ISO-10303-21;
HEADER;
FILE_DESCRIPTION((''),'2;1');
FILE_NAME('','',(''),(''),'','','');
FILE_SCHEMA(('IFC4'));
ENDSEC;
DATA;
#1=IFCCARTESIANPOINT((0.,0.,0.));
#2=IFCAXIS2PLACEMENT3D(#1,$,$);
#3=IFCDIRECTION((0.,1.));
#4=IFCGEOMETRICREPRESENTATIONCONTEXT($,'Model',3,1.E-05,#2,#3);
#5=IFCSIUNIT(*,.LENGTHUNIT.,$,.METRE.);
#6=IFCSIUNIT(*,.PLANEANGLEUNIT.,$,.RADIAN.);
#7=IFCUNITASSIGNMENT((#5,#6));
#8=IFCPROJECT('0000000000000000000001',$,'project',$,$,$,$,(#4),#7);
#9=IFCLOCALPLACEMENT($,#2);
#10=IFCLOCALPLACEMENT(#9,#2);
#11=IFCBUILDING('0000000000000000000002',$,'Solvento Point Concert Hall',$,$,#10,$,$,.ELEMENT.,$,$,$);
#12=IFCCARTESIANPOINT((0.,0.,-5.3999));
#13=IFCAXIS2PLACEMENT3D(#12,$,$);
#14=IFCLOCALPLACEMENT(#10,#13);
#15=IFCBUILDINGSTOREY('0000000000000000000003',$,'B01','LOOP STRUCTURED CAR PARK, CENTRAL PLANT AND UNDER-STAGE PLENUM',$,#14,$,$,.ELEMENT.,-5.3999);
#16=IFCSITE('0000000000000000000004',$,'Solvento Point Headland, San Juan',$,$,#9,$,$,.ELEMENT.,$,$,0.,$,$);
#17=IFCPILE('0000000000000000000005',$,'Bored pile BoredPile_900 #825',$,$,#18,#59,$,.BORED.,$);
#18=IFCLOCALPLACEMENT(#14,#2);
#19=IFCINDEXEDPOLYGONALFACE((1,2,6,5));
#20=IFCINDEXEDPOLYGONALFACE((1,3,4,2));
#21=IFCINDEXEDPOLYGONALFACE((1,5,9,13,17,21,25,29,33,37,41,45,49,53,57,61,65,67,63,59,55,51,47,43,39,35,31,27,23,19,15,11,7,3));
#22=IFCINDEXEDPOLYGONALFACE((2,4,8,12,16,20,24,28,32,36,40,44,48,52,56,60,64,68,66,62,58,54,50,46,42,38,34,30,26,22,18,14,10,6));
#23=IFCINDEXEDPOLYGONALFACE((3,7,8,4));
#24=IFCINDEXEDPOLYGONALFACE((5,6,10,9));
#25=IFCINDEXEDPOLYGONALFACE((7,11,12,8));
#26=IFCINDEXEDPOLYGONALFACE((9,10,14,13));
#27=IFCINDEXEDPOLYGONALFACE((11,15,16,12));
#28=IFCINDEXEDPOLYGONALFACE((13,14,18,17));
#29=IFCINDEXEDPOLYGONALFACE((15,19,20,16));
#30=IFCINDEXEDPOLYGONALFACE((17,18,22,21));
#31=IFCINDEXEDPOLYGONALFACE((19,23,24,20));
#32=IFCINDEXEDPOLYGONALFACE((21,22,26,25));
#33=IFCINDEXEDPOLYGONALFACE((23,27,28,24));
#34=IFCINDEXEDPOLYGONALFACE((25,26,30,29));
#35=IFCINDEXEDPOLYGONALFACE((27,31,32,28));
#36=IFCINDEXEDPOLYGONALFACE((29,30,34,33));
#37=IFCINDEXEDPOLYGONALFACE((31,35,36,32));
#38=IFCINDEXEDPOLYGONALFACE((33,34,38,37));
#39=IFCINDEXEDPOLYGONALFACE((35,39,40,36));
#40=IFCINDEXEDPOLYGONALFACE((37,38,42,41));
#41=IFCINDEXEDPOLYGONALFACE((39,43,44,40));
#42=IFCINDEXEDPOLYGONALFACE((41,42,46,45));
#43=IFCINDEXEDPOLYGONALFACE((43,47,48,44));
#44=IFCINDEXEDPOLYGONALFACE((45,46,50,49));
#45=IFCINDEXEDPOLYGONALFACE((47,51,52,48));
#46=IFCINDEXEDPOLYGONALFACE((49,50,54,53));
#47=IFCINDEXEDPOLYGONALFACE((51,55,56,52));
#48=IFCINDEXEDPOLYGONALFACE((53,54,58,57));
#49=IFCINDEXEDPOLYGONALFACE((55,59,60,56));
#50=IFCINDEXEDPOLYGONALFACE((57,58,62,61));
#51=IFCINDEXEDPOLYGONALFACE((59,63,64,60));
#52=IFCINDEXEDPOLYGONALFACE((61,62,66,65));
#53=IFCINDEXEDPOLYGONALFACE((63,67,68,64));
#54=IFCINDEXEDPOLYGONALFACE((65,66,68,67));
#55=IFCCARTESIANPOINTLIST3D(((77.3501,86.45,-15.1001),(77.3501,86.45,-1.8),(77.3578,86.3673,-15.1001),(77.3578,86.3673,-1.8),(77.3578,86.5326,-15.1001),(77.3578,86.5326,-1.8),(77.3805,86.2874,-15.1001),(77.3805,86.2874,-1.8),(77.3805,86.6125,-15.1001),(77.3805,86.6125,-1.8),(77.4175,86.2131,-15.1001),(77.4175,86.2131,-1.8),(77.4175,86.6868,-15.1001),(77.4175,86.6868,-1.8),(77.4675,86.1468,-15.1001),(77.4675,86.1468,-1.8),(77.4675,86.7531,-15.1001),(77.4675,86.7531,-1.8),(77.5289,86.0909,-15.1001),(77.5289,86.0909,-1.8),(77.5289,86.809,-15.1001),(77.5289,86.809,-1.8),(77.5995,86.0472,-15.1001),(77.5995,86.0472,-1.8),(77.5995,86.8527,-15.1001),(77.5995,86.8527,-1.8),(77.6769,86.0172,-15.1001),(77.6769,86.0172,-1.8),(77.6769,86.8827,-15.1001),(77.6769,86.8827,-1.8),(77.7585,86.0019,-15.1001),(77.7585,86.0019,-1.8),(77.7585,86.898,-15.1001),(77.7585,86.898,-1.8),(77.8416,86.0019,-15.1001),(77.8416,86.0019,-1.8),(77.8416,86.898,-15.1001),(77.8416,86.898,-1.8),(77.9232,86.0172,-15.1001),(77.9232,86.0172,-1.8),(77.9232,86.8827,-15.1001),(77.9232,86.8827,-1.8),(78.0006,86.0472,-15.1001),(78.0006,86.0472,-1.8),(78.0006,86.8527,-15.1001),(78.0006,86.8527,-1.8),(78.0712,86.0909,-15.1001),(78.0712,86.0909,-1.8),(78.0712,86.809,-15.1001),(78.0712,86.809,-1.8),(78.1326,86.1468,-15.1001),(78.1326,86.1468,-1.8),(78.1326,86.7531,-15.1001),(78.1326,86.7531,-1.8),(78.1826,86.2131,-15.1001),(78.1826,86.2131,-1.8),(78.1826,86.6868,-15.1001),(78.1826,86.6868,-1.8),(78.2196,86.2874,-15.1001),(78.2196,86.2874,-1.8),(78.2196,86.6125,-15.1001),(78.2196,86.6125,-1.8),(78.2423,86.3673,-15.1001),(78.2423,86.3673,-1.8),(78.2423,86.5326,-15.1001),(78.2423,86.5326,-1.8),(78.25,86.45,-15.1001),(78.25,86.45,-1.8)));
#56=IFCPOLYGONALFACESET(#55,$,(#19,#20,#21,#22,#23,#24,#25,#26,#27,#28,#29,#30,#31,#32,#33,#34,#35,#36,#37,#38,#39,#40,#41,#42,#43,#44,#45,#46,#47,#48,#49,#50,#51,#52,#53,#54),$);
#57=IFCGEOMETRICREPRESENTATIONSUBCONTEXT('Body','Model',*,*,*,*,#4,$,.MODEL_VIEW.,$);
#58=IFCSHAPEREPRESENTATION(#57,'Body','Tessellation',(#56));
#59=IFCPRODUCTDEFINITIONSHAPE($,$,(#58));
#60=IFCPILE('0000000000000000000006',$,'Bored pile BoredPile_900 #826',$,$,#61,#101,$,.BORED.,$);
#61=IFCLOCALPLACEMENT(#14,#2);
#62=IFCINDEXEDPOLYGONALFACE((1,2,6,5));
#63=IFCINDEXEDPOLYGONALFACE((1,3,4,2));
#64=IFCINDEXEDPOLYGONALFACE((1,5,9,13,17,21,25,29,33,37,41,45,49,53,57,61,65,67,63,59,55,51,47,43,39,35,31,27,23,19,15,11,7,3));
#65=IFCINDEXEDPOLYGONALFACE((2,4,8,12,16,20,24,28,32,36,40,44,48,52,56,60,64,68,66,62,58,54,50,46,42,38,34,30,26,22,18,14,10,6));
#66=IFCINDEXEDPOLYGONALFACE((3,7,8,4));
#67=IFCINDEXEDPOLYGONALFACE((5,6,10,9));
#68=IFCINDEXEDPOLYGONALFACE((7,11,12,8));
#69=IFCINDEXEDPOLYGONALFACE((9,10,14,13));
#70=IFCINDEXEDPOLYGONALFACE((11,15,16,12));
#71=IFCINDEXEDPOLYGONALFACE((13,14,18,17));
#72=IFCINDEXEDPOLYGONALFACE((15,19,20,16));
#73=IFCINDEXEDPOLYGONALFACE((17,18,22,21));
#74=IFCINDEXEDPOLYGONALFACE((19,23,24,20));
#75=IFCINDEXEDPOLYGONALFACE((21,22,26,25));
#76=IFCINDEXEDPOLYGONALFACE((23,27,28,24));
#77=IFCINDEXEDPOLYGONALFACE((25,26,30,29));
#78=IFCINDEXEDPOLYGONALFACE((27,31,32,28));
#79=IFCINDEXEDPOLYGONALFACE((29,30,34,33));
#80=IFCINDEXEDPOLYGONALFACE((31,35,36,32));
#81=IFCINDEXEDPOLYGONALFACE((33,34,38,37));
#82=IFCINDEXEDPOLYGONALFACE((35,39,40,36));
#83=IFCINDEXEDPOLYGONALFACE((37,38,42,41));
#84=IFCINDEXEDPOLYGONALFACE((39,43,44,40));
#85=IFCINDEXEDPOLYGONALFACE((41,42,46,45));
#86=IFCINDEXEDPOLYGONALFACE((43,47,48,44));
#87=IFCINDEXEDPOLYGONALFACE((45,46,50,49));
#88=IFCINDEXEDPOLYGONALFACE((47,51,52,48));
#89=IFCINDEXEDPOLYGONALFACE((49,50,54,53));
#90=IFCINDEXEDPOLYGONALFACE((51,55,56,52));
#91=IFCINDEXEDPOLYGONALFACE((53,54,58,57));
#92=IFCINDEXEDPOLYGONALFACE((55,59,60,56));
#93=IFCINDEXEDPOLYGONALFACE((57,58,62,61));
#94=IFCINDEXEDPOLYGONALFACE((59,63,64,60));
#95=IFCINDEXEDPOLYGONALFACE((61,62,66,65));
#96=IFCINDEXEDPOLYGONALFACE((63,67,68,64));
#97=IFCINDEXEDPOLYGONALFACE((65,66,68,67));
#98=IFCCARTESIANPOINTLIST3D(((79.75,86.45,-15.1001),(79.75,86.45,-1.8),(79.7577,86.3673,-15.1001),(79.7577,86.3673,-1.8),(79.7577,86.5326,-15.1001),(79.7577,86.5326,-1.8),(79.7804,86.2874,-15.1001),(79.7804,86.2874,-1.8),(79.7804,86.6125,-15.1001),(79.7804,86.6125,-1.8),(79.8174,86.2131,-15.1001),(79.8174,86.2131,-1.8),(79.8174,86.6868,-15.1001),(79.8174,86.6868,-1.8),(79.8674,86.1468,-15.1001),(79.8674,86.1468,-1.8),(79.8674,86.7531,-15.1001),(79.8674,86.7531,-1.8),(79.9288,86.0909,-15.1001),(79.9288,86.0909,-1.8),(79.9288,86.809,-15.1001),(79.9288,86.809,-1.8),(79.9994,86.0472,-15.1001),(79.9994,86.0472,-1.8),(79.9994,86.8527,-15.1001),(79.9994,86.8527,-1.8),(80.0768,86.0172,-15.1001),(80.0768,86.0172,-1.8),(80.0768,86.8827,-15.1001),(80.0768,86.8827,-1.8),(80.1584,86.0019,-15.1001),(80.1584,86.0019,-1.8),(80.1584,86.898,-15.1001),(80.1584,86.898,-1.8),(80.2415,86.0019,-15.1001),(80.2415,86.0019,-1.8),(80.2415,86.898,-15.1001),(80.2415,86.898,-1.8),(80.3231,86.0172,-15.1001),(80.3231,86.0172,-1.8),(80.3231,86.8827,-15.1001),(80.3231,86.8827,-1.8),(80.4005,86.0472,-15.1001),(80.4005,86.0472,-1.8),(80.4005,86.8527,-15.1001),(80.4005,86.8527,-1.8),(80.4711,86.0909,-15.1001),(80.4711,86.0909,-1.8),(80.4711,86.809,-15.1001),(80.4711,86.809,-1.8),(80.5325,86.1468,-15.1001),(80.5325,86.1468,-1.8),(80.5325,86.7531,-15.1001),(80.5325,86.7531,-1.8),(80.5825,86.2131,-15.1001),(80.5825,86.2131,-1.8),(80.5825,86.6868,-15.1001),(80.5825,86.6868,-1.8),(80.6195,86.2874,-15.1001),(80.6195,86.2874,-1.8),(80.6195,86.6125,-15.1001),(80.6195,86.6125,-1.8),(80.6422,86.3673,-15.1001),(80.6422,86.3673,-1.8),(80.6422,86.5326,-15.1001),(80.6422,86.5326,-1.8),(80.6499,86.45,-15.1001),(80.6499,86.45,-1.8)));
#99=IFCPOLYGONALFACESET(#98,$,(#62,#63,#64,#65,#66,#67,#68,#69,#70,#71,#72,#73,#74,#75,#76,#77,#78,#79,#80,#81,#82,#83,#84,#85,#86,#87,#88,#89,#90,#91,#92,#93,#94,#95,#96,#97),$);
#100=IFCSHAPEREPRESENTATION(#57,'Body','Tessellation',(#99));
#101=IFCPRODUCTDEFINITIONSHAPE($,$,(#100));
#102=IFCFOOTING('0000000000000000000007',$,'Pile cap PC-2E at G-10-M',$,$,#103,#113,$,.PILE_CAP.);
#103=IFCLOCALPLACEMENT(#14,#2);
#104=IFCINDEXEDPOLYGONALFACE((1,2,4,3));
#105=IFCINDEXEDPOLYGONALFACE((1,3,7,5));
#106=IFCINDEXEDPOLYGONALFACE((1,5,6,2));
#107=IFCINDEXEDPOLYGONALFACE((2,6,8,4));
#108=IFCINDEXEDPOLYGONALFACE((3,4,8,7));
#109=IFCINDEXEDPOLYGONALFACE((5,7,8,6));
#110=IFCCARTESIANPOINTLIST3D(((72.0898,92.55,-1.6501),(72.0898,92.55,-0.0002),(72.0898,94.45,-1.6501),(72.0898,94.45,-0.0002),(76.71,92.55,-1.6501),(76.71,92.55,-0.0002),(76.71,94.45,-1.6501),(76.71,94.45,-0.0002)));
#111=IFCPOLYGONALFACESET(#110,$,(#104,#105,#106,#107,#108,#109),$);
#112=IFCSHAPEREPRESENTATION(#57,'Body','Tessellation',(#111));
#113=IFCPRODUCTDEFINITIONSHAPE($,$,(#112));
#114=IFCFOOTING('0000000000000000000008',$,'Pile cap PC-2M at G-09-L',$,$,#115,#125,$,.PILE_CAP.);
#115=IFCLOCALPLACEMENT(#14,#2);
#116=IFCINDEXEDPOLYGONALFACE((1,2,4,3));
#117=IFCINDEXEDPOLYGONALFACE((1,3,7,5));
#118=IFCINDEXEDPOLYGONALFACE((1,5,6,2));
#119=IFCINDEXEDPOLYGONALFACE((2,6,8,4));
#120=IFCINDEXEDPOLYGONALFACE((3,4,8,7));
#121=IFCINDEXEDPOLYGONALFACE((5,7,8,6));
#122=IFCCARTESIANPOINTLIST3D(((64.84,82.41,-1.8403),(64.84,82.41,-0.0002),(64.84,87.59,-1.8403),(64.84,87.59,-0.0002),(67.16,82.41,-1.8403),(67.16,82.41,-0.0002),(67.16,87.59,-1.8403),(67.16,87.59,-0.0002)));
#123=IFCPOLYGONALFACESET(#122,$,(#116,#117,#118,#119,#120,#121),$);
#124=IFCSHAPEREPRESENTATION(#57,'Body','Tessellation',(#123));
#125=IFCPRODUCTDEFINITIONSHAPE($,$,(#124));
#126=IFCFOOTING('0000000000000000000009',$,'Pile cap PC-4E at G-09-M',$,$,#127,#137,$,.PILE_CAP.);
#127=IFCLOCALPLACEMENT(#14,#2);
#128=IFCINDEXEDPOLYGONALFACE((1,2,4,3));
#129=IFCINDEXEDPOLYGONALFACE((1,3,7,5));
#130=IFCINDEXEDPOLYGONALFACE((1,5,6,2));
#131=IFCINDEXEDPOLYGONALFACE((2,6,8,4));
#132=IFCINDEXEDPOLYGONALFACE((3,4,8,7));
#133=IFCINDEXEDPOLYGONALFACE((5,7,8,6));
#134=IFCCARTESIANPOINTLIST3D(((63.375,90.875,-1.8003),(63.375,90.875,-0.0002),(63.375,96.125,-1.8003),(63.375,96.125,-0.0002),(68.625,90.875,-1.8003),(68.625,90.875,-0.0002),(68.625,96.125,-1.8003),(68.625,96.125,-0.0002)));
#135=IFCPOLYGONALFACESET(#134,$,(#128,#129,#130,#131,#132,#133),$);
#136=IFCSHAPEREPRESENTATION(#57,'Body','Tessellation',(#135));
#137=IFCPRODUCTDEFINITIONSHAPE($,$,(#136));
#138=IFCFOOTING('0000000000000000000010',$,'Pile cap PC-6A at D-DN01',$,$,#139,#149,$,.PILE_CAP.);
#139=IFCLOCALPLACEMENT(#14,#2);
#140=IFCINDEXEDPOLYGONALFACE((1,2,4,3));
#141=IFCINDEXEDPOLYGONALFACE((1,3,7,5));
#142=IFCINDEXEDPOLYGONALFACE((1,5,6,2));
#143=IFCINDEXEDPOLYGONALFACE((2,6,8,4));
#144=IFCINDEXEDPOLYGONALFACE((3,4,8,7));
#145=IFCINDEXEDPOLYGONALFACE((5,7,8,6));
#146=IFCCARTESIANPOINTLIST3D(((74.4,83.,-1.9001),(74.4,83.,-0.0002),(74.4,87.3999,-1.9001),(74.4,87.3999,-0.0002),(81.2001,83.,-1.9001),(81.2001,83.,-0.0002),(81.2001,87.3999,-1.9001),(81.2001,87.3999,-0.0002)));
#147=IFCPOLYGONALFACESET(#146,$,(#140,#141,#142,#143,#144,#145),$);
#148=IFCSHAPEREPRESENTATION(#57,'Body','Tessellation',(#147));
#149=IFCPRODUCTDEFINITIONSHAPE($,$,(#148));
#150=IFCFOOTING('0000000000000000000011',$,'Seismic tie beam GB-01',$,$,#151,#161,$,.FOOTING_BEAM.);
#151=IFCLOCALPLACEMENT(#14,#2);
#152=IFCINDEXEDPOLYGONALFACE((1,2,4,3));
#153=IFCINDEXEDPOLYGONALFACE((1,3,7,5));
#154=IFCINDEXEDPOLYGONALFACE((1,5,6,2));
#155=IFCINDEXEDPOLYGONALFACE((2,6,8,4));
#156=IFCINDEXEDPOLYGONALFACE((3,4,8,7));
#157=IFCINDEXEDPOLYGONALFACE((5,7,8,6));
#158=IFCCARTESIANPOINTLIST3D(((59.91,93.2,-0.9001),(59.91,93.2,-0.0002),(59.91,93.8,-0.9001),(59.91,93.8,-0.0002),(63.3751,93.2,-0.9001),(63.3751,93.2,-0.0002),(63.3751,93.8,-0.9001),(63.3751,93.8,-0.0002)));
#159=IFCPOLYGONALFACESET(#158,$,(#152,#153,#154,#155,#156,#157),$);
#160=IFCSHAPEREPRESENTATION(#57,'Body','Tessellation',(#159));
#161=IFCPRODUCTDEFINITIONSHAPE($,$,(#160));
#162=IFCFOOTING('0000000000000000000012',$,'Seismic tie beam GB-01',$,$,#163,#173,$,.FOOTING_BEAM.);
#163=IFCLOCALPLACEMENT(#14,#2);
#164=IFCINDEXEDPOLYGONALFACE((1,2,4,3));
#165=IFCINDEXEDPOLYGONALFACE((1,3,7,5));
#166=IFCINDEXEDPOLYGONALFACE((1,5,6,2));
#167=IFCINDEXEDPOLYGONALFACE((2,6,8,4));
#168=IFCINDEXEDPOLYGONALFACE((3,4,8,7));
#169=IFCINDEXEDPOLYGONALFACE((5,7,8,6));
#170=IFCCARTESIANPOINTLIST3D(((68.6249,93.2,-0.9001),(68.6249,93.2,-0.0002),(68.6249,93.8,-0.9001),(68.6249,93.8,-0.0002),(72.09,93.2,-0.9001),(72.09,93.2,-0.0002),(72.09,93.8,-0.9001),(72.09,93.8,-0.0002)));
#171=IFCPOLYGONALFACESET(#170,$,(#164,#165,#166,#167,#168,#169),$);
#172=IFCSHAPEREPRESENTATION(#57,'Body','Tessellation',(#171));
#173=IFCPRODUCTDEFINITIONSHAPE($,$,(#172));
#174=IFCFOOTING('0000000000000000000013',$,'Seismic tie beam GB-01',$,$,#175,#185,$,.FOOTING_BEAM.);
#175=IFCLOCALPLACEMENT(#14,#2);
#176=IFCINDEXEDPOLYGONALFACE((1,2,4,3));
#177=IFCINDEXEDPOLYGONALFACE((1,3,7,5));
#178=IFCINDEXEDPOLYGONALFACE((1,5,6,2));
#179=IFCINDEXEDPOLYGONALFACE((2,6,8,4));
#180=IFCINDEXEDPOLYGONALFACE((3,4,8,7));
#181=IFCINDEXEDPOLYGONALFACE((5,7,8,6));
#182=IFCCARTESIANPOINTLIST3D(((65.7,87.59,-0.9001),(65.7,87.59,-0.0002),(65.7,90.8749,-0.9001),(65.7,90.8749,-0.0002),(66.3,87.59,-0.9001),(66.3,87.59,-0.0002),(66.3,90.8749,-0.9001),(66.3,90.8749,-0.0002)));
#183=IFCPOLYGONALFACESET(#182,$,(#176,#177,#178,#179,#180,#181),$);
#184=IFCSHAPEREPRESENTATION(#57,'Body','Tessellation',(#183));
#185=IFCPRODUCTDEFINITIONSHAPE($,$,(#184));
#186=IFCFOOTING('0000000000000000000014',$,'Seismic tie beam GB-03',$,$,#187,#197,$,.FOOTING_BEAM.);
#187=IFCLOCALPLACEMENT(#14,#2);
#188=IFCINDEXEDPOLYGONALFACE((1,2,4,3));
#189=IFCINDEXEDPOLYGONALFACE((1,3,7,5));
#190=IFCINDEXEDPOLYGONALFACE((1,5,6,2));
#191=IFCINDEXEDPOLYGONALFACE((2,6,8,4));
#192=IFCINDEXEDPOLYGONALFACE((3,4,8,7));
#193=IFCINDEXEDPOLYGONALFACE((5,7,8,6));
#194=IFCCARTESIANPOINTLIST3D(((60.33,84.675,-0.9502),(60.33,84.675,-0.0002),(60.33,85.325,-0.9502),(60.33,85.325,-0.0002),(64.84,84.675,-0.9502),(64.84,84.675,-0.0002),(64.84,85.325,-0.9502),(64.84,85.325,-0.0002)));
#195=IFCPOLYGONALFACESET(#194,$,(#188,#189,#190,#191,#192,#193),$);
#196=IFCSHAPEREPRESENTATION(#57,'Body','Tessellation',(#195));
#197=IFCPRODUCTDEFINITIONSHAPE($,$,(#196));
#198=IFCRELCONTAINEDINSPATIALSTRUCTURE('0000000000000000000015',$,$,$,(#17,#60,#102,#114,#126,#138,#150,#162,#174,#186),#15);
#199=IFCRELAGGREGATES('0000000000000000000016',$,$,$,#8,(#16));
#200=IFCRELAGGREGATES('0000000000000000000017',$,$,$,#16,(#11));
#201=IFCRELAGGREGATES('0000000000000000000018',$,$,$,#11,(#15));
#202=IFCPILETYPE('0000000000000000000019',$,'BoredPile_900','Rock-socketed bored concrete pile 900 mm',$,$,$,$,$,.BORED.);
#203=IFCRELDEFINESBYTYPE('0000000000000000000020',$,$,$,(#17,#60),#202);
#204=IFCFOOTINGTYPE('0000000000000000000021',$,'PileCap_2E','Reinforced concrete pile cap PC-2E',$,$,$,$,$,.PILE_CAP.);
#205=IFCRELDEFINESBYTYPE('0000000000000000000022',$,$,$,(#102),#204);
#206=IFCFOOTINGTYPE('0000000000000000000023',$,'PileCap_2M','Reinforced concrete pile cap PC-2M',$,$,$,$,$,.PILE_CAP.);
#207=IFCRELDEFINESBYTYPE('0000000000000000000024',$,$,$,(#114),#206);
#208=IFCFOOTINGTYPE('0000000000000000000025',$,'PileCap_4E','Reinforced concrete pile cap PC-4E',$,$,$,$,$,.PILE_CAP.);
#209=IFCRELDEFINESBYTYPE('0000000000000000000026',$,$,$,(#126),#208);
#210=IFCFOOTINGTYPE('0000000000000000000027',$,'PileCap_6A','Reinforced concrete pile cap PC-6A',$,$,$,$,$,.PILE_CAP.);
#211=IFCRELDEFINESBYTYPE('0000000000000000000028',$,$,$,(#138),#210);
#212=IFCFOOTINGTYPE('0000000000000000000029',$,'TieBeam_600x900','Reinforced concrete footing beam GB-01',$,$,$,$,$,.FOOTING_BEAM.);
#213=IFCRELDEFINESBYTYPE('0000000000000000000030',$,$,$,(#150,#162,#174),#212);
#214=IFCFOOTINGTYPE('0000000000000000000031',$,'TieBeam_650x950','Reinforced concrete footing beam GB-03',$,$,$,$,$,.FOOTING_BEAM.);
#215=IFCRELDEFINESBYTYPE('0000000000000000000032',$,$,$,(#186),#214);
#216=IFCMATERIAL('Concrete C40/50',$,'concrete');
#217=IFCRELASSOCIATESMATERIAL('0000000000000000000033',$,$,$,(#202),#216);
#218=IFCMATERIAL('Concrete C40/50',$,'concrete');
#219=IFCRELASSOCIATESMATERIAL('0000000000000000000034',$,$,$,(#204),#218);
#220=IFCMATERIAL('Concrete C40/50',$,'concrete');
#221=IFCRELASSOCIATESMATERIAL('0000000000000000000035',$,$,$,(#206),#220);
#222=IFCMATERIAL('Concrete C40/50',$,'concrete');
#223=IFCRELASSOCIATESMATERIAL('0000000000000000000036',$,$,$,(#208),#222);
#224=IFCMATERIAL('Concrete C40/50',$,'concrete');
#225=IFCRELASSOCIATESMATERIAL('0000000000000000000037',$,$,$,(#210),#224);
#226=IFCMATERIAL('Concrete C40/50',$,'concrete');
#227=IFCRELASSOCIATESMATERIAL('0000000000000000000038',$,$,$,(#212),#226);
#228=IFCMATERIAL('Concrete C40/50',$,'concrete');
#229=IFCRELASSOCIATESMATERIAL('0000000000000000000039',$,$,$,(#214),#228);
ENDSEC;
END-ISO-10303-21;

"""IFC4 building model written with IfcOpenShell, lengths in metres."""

from ifc_helpers import new_model, si_unit, direction, frame, origin, origin_2d, place, context, subcontext, project, spatial, rectangle, circle, extrude, material, material_profile, profile_set, type_object, element, save


model = new_model("IFC4")

# Units and contexts
model_context = context("Model", 3, precision=1e-05, world=origin(), true_north=direction((0.0, 1.0)))
body_context = subcontext(model_context, "Body", "Model", "MODEL_VIEW")
ifc_project = project(units=[si_unit("LENGTHUNIT", "METRE"), si_unit("PLANEANGLEUNIT", "RADIAN")], contexts=[model_context])

# Site, building, storey
site_placement = place(None, origin())
site = spatial("IfcSite", under=ifc_project, at=site_placement, Name="Solvento Point Headland, San Juan", CompositionType="ELEMENT", RefElevation=0.0)
building_placement = place(site_placement, origin())
building = spatial("IfcBuilding", under=site, at=building_placement, Name="Solvento Point Concert Hall", CompositionType="ELEMENT")
storey_placement = place(building_placement, frame((0.0, 0.0, -5.3999)))
storey = spatial("IfcBuildingStorey", under=building, at=storey_placement, Name="B01", Description="LOOP STRUCTURED CAR PARK, CENTRAL PLANT AND UNDER-STAGE PLENUM", CompositionType="ELEMENT", Elevation=-5.3999)

# Piles
ifc_material_1 = material(Name="Concrete C40/50", Category="concrete")
ifc_material_profile_1 = material_profile(ifc_material_1, circle(Radius=0.45, at=origin_2d()), Name="BP-900")
ifc_profile_set_1 = profile_set([ifc_material_profile_1], Name="Concrete C40/50")
pile_type_1 = type_object("IfcPileType", Name="BoredPile_900", Description="Rock-socketed bored concrete pile 900 mm", PredefinedType="BORED", material=ifc_profile_set_1)
for number, where, z_axis, x_axis, name in (
    (1, (77.8, 86.45, -1.8), (0.0, 0.0, -1.0), (1.0, 0.0, 0.0), "Bored pile BoredPile_900 #825"),
    (2, (80.2, 86.45, -1.8), (0.0, 0.0, -1.0), (1.0, 0.0, 0.0), "Bored pile BoredPile_900 #826"),
):
    element("IfcPile", number, at=place(storey_placement, frame(where, z_axis=z_axis, x_axis=x_axis)), inside=storey, type_object=pile_type_1, Name=name, PredefinedType="BORED", context=body_context, shape_type="SweptSolid", body=[
        extrude(circle(Radius=0.45, at=origin_2d()), origin(), (0.0, 0.0, 1.0), 13.3),
    ])

# Footings
ifc_material_2 = material(Name="Concrete C40/50", Category="concrete")
footing_type_1 = type_object("IfcFootingType", Name="PileCap_2E", Description="Reinforced concrete pile cap PC-2E", PredefinedType="PILE_CAP", material=ifc_material_2)
footing_1_placement = place(storey_placement, frame((74.3999, 93.5, -1.6501), z_axis=(0.0, 0.0, 1.0), x_axis=(1.0, 0.0, 0.0)))
element("IfcFooting", 3, at=footing_1_placement, inside=storey, type_object=footing_type_1, Name="Pile cap PC-2E at G-10-M", PredefinedType="PILE_CAP", context=body_context, shape_type="SweptSolid", body=[
    extrude(rectangle(XDim=4.6201, YDim=1.8999, at=origin_2d()), origin(), (0.0, 0.0, 1.0), 1.6499),
])
ifc_material_3 = material(Name="Concrete C40/50", Category="concrete")
footing_type_2 = type_object("IfcFootingType", Name="PileCap_2M", Description="Reinforced concrete pile cap PC-2M", PredefinedType="PILE_CAP", material=ifc_material_3)
footing_2_placement = place(storey_placement, frame((66.0, 85.0, -1.8403), z_axis=(0.0, 0.0, 1.0), x_axis=(1.0, 0.0, 0.0)))
element("IfcFooting", 4, at=footing_2_placement, inside=storey, type_object=footing_type_2, Name="Pile cap PC-2M at G-09-L", PredefinedType="PILE_CAP", context=body_context, shape_type="SweptSolid", body=[
    extrude(rectangle(XDim=2.3201, YDim=5.1799, at=origin_2d()), origin(), (0.0, 0.0, 1.0), 1.8401),
])
ifc_material_4 = material(Name="Concrete C40/50", Category="concrete")
footing_type_3 = type_object("IfcFootingType", Name="PileCap_4E", Description="Reinforced concrete pile cap PC-4E", PredefinedType="PILE_CAP", material=ifc_material_4)
footing_3_placement = place(storey_placement, frame((66.0, 93.5, -1.8003), z_axis=(0.0, 0.0, 1.0), x_axis=(1.0, 0.0, 0.0)))
element("IfcFooting", 5, at=footing_3_placement, inside=storey, type_object=footing_type_3, Name="Pile cap PC-4E at G-09-M", PredefinedType="PILE_CAP", context=body_context, shape_type="SweptSolid", body=[
    extrude(rectangle(XDim=5.25, YDim=5.25, at=origin_2d()), origin(), (0.0, 0.0, 1.0), 1.8),
])
ifc_material_5 = material(Name="Concrete C40/50", Category="concrete")
footing_type_4 = type_object("IfcFootingType", Name="PileCap_6A", Description="Reinforced concrete pile cap PC-6A", PredefinedType="PILE_CAP", material=ifc_material_5)
footing_4_placement = place(storey_placement, frame((77.8, 85.2, -1.9001), z_axis=(0.0, 0.0, 1.0), x_axis=(1.0, 0.0, 0.0)))
element("IfcFooting", 6, at=footing_4_placement, inside=storey, type_object=footing_type_4, Name="Pile cap PC-6A at D-DN01", PredefinedType="PILE_CAP", context=body_context, shape_type="SweptSolid", body=[
    extrude(rectangle(XDim=6.8, YDim=4.3999, at=origin_2d()), origin(), (0.0, 0.0, 1.0), 1.8999),
])
ifc_material_6 = material(Name="Concrete C40/50", Category="concrete")
footing_type_5 = type_object("IfcFootingType", Name="TieBeam_600x900", Description="Reinforced concrete footing beam GB-01", PredefinedType="FOOTING_BEAM", material=ifc_material_6)
for number, where, z_axis, x_axis, name in (
    (7, (61.6426, 93.5, -0.9001), (0.0, 0.0, 1.0), (1.0, 0.0, 0.0), "Seismic tie beam GB-01"),
    (8, (70.3574, 93.5, -0.9001), (0.0, 0.0, 1.0), (1.0, 0.0, 0.0), "Seismic tie beam GB-01"),
):
    element("IfcFooting", number, at=place(storey_placement, frame(where, z_axis=z_axis, x_axis=x_axis)), inside=storey, type_object=footing_type_5, Name=name, PredefinedType="FOOTING_BEAM", context=body_context, shape_type="SweptSolid", body=[
        extrude(rectangle(XDim=3.4651, YDim=0.6001, at=origin_2d()), origin(), (0.0, 0.0, 1.0), 0.8999),
    ])
footing_5_placement = place(storey_placement, frame((66.0, 89.2324, -0.9001), z_axis=(0.0, 0.0, 1.0), x_axis=(0.0, 1.0, 0.0)))
element("IfcFooting", 9, at=footing_5_placement, inside=storey, type_object=footing_type_5, Name="Seismic tie beam GB-01", PredefinedType="FOOTING_BEAM", context=body_context, shape_type="SweptSolid", body=[
    extrude(rectangle(XDim=3.2849, YDim=0.6001, at=origin_2d()), origin(), (0.0, 0.0, 1.0), 0.8999),
])
ifc_material_7 = material(Name="Concrete C40/50", Category="concrete")
footing_type_6 = type_object("IfcFootingType", Name="TieBeam_650x950", Description="Reinforced concrete footing beam GB-03", PredefinedType="FOOTING_BEAM", material=ifc_material_7)
footing_6_placement = place(storey_placement, frame((62.585, 85.0, -0.9502), z_axis=(0.0, 0.0, 1.0), x_axis=(1.0, 0.0, 0.0)))
element("IfcFooting", 10, at=footing_6_placement, inside=storey, type_object=footing_type_6, Name="Seismic tie beam GB-03", PredefinedType="FOOTING_BEAM", context=body_context, shape_type="SweptSolid", body=[
    extrude(rectangle(XDim=4.51, YDim=0.6499, at=origin_2d()), origin(), (0.0, 0.0, 1.0), 0.95),
])

save(model, "model.ifc")
